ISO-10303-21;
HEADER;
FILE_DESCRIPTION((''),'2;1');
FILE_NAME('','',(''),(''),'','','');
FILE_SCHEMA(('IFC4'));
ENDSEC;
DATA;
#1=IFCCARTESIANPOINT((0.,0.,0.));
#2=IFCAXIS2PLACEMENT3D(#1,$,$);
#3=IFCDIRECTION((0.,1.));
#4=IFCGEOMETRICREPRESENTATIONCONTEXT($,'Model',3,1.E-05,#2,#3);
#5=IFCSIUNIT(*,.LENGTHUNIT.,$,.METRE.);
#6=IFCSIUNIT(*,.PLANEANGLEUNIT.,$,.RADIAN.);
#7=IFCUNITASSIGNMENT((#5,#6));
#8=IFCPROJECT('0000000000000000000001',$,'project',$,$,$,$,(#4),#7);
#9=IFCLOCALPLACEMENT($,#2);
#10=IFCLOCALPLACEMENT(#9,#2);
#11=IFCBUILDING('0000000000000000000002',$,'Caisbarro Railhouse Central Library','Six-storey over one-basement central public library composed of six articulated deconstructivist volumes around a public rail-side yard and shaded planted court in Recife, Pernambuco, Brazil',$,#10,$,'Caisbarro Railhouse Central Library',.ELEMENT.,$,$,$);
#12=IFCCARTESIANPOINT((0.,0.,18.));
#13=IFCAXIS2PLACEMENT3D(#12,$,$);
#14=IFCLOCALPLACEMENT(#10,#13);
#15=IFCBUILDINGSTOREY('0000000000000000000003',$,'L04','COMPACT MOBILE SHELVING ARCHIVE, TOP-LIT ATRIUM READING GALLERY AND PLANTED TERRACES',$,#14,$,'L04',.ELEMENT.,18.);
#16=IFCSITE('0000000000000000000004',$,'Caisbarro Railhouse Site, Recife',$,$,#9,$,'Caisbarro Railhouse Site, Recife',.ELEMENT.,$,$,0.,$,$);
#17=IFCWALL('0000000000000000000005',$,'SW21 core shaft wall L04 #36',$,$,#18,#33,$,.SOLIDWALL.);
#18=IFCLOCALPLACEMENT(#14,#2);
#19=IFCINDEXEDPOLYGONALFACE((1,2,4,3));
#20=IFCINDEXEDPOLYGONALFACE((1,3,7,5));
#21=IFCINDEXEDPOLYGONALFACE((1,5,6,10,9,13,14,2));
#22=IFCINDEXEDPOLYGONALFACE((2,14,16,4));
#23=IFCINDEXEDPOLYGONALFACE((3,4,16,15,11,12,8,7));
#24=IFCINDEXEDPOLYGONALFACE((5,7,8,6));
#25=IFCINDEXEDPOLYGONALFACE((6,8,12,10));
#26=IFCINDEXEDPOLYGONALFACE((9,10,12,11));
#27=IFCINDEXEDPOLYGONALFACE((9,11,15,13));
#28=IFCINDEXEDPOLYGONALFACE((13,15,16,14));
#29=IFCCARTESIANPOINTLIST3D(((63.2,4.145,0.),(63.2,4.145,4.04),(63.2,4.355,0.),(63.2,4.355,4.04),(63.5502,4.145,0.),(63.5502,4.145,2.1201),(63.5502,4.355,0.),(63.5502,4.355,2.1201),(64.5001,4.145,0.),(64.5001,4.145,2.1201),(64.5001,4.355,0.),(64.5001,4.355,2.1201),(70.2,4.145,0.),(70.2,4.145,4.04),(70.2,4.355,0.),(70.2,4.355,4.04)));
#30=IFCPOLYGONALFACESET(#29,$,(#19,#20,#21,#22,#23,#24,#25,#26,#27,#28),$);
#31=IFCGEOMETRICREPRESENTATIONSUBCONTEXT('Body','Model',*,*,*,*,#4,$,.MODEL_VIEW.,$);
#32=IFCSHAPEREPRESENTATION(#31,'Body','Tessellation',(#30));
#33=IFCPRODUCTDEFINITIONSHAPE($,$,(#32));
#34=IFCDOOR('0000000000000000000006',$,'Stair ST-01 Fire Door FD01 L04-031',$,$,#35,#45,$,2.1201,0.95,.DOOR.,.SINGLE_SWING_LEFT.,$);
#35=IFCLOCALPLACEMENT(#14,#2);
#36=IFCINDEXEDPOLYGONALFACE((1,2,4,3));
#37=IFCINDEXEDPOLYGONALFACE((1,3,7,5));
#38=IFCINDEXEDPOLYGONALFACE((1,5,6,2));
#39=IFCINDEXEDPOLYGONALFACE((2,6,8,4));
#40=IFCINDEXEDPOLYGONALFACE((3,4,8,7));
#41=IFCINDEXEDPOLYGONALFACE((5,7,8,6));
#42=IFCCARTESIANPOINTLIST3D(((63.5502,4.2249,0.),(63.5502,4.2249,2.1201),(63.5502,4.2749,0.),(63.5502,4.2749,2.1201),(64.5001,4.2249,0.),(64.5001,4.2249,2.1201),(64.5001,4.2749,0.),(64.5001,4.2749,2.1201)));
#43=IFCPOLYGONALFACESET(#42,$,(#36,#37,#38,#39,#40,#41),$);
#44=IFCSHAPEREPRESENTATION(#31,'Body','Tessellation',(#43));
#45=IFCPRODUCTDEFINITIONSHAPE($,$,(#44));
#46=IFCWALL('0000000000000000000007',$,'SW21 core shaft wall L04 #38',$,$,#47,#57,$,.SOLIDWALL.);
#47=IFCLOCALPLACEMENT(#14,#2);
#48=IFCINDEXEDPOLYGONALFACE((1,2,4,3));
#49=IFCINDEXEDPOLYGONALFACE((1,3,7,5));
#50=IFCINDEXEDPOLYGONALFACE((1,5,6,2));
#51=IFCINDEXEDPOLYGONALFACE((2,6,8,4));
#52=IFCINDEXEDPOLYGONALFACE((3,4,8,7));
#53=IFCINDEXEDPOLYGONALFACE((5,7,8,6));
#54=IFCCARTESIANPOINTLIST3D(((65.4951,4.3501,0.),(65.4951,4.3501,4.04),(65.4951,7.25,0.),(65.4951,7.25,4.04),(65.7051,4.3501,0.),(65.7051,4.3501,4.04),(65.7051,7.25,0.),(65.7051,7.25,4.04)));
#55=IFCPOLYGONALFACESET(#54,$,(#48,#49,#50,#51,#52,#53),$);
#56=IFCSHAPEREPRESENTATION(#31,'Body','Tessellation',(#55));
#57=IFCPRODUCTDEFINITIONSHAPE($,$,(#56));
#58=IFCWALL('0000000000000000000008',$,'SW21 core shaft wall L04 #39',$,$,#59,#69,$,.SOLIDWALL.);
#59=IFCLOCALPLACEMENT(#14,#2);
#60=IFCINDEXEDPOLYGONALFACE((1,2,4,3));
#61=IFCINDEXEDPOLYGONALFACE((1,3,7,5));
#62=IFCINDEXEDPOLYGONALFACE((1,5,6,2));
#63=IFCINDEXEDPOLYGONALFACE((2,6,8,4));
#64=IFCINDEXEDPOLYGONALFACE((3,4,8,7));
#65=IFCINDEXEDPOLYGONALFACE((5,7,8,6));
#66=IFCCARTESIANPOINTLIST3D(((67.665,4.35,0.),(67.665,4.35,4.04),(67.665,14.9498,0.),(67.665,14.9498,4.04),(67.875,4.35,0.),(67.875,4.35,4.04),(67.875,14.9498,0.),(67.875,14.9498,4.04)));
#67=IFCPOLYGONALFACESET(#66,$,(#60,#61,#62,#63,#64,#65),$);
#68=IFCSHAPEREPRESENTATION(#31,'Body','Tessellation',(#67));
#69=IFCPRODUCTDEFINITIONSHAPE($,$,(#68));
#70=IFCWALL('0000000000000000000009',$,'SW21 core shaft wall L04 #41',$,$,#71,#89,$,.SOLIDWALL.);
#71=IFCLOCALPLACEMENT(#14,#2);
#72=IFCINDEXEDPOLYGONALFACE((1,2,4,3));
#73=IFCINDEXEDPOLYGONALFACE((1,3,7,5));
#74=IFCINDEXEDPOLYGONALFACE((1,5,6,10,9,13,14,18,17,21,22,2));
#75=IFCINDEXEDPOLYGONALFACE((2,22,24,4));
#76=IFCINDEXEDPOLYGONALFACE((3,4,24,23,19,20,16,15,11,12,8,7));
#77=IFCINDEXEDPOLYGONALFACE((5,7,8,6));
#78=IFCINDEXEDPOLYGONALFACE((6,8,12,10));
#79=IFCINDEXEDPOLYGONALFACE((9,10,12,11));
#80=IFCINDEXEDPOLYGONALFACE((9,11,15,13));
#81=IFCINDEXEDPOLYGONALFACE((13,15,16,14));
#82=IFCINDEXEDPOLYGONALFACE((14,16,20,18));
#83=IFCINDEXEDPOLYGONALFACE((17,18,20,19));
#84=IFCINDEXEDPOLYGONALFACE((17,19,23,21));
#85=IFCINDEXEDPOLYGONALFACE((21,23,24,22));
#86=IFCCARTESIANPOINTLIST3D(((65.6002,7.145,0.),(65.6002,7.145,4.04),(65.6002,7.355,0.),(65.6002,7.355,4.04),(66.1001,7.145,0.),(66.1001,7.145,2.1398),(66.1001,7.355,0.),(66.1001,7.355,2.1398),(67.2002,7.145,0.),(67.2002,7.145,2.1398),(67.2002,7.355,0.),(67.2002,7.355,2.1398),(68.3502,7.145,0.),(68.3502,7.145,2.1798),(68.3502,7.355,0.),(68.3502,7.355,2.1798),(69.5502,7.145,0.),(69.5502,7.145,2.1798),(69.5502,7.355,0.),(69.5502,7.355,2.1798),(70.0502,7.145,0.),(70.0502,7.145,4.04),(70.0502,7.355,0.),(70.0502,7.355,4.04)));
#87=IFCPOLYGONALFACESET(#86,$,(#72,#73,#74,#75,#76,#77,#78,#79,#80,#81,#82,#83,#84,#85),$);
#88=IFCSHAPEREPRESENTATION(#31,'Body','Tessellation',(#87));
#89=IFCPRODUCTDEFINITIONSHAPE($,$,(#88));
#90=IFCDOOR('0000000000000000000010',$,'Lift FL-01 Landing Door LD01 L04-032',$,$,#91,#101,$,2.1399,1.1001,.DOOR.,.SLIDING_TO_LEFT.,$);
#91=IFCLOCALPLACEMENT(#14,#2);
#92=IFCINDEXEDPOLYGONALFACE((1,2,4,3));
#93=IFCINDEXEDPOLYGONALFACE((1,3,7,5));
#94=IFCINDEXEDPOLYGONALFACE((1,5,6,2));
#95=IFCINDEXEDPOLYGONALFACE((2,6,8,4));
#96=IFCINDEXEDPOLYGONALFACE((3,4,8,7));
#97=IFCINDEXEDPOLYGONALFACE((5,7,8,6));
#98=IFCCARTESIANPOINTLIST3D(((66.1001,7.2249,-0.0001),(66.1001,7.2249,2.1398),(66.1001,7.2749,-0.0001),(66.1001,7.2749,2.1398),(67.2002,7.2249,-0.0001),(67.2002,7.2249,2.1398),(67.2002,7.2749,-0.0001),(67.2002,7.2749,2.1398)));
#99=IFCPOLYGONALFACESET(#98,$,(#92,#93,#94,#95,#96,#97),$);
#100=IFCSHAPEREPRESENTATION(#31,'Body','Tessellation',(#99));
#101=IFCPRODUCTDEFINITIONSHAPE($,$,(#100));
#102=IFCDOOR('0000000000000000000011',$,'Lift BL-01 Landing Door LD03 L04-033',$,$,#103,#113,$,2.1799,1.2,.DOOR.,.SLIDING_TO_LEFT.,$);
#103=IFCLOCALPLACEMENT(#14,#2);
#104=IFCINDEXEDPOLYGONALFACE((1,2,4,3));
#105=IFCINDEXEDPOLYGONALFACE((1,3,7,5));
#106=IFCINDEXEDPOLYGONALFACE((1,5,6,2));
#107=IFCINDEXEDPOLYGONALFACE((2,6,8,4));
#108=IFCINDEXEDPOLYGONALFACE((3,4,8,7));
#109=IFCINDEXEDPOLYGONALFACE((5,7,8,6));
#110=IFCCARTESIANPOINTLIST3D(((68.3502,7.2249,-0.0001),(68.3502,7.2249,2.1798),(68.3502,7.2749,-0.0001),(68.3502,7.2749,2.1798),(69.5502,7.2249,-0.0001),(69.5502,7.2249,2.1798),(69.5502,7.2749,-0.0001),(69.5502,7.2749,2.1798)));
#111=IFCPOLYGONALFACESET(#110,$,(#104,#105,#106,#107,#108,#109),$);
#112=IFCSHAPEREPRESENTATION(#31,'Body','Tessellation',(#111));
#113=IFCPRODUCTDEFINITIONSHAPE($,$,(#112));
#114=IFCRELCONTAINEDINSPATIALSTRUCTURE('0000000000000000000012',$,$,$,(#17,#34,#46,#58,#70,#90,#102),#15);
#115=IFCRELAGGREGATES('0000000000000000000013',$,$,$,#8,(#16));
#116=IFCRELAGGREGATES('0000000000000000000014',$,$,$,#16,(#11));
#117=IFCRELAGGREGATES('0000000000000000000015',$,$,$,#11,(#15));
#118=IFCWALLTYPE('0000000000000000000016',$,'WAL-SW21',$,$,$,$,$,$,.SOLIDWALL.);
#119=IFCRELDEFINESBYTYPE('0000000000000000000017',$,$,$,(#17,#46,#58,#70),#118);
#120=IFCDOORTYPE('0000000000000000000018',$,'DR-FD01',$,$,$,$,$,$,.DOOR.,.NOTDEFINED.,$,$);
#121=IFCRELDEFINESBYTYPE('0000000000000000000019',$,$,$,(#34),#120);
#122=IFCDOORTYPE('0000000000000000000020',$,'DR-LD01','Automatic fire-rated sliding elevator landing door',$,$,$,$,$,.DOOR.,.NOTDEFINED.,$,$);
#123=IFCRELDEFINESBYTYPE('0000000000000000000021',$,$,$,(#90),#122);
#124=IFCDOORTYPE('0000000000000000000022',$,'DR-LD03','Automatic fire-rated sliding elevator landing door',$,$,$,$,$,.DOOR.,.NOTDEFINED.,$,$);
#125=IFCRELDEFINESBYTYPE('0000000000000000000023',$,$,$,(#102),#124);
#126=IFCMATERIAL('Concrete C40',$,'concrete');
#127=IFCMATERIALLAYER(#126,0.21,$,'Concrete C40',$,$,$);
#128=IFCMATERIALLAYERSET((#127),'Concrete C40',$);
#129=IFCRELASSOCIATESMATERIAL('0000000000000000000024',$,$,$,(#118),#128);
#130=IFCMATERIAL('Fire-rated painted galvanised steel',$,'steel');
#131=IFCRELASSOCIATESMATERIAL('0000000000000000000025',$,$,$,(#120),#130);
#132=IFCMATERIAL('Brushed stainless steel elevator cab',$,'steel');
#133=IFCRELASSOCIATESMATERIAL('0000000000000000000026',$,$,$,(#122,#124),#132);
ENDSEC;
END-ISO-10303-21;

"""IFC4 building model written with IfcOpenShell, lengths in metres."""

from ifc_helpers import new_model, si_unit, direction, frame, frame_2d, origin, place, context, subcontext, project, spatial, rectangle, extrude, material, layer, layer_set, type_object, element, fill, save


model = new_model("IFC4")

# Units and contexts
model_context = context("Model", 3, precision=1e-05, world=origin(), true_north=direction((0.0, 1.0)))
body_context = subcontext(model_context, "Body", "Model", "MODEL_VIEW")
ifc_project = project(units=[si_unit("LENGTHUNIT", "METRE"), si_unit("PLANEANGLEUNIT", "RADIAN")], contexts=[model_context])

# Site, building, storey
site_placement = place(None, origin())
site = spatial("IfcSite", under=ifc_project, at=site_placement, Name="Caisbarro Railhouse Site, Recife", LongName="Caisbarro Railhouse Site, Recife", CompositionType="ELEMENT", RefElevation=0.0)
building_placement = place(site_placement, origin())
building = spatial("IfcBuilding", under=site, at=building_placement, Name="Caisbarro Railhouse Central Library", Description="Six-storey over one-basement central public library composed of six articulated deconstructivist volumes around a public rail-side yard and shaded planted court in Recife, Pernambuco, Brazil", LongName="Caisbarro Railhouse Central Library", CompositionType="ELEMENT")
storey_placement = place(building_placement, frame((0.0, 0.0, 18.0)))
storey = spatial("IfcBuildingStorey", under=building, at=storey_placement, Name="L04", Description="COMPACT MOBILE SHELVING ARCHIVE, TOP-LIT ATRIUM READING GALLERY AND PLANTED TERRACES", LongName="L04", CompositionType="ELEMENT", Elevation=18.0)

# Wall, opening, door
ifc_material_1 = material(Name="Fire-rated painted galvanised steel", Category="steel")
ifc_material_2 = material(Name="Concrete C40", Category="concrete")
ifc_layer_1 = layer(ifc_material_2, 0.21, Name="Concrete C40")
ifc_layer_set_1 = layer_set([ifc_layer_1], Name="Concrete C40")
wall_type_1 = type_object("IfcWallType", Name="WAL-SW21", PredefinedType="SOLIDWALL", material=ifc_layer_set_1)
wall_1_placement = place(storey_placement, frame((63.2, 4.25, 0.0), z_axis=(0.0, 0.0, 1.0), x_axis=(1.0, 0.0, 0.0)))
wall_1 = element("IfcWall", 1, at=wall_1_placement, inside=storey, type_object=wall_type_1, Name="SW21 core shaft wall L04 #36", PredefinedType="SOLIDWALL", context=body_context, shape_type="SweptSolid", body=[
    extrude(rectangle(XDim=7.0, YDim=0.21, at=frame_2d((3.5, 0.0))), origin(), (0.0, 0.0, 1.0), 4.04),
])
opening_1_placement = place(wall_1_placement, frame((0.3501, 0.0, 0.0)))
opening_1 = element("IfcOpeningElement", 2, at=opening_1_placement, cuts=wall_1, PredefinedType="OPENING", context=body_context, shape_type="SweptSolid", body=[
    extrude(rectangle(XDim=0.95, YDim=2.1201, at=frame_2d((0.4751, 1.0601))), frame((0.0, 0.115, 0.0), z_axis=(0.0, -1.0, 0.0), x_axis=(1.0, 0.0, 0.0)), (0.0, 0.0, 1.0), 0.23),
])
door_type_1 = type_object("IfcDoorType", Name="DR-FD01", OperationType="NOTDEFINED", PredefinedType="DOOR", material=ifc_material_1)
door_1_placement = place(opening_1_placement, origin())
door_1 = element("IfcDoor", 3, at=door_1_placement, inside=storey, type_object=door_type_1, Name="Stair ST-01 Fire Door FD01 L04-031", OperationType="SINGLE_SWING_LEFT", OverallHeight=2.1201, OverallWidth=0.95, PredefinedType="DOOR", context=body_context, shape_type="SweptSolid", body=[
    extrude(rectangle(XDim=0.95, YDim=2.1201, at=frame_2d((0.4751, 1.0601))), frame((0.0, 0.0249, 0.0), z_axis=(0.0, -1.0, 0.0), x_axis=(1.0, 0.0, 0.0)), (0.0, 0.0, 1.0), 0.05),
])
fill(opening_1, door_1)

# Walls
wall_2_placement = place(storey_placement, frame((65.6001, 4.3501, 0.0), z_axis=(0.0, 0.0, 1.0), x_axis=(0.0, 1.0, 0.0)))
element("IfcWall", 4, at=wall_2_placement, inside=storey, type_object=wall_type_1, Name="SW21 core shaft wall L04 #38", PredefinedType="SOLIDWALL", context=body_context, shape_type="SweptSolid", body=[
    extrude(rectangle(XDim=2.8999, YDim=0.21, at=frame_2d((1.45, 0.0))), origin(), (0.0, 0.0, 1.0), 4.04),
])
wall_3_placement = place(storey_placement, frame((67.77, 4.3501, 0.0), z_axis=(0.0, 0.0, 1.0), x_axis=(0.0, 1.0, 0.0)))
element("IfcWall", 5, at=wall_3_placement, inside=storey, type_object=wall_type_1, Name="SW21 core shaft wall L04 #39", PredefinedType="SOLIDWALL", context=body_context, shape_type="SweptSolid", body=[
    extrude(rectangle(XDim=10.5999, YDim=0.21, at=frame_2d((5.2998, 0.0))), origin(), (0.0, 0.0, 1.0), 4.04),
])

# Wall, openings, doors
wall_4_placement = place(storey_placement, frame((65.6001, 7.25, 0.0), z_axis=(0.0, 0.0, 1.0), x_axis=(1.0, 0.0, 0.0)))
wall_4 = element("IfcWall", 6, at=wall_4_placement, inside=storey, type_object=wall_type_1, Name="SW21 core shaft wall L04 #41", PredefinedType="SOLIDWALL", context=body_context, shape_type="SweptSolid", body=[
    extrude(rectangle(XDim=4.45, YDim=0.21, at=frame_2d((2.2251, 0.0))), origin(), (0.0, 0.0, 1.0), 4.04),
])
opening_2_placement = place(wall_4_placement, frame((0.5, 0.0, 0.0)))
opening_2 = element("IfcOpeningElement", 7, at=opening_2_placement, cuts=wall_4, PredefinedType="OPENING", context=body_context, shape_type="SweptSolid", body=[
    extrude(rectangle(XDim=1.1001, YDim=2.1399, at=frame_2d((0.55, 1.0698))), frame((0.0, 0.115, 0.0), z_axis=(0.0, -1.0, 0.0), x_axis=(1.0, 0.0, 0.0)), (0.0, 0.0, 1.0), 0.23),
])
opening_3_placement = place(wall_4_placement, frame((2.75, 0.0, 0.0)))
opening_3 = element("IfcOpeningElement", 8, at=opening_3_placement, cuts=wall_4, PredefinedType="OPENING", context=body_context, shape_type="SweptSolid", body=[
    extrude(rectangle(XDim=1.2, YDim=2.1799, at=frame_2d((0.6001, 1.0898))), frame((0.0, 0.115, 0.0), z_axis=(0.0, -1.0, 0.0), x_axis=(1.0, 0.0, 0.0)), (0.0, 0.0, 1.0), 0.23),
])
ifc_material_3 = material(Name="Brushed stainless steel elevator cab", Category="steel")
door_type_2 = type_object("IfcDoorType", Name="DR-LD01", Description="Automatic fire-rated sliding elevator landing door", OperationType="NOTDEFINED", PredefinedType="DOOR", material=ifc_material_3)
door_2_placement = place(opening_2_placement, origin())
door_2 = element("IfcDoor", 9, at=door_2_placement, inside=storey, type_object=door_type_2, Name="Lift FL-01 Landing Door LD01 L04-032", OperationType="SLIDING_TO_LEFT", OverallHeight=2.1399, OverallWidth=1.1001, PredefinedType="DOOR", context=body_context, shape_type="SweptSolid", body=[
    extrude(rectangle(XDim=1.1001, YDim=2.1399, at=frame_2d((0.55, 1.0698))), frame((0.0, 0.0249, 0.0), z_axis=(0.0, -1.0, 0.0), x_axis=(1.0, 0.0, 0.0)), (0.0, 0.0, 1.0), 0.05),
])
fill(opening_2, door_2)
door_type_3 = type_object("IfcDoorType", Name="DR-LD03", Description="Automatic fire-rated sliding elevator landing door", OperationType="NOTDEFINED", PredefinedType="DOOR", material=ifc_material_3)
door_3_placement = place(opening_3_placement, origin())
door_3 = element("IfcDoor", 10, at=door_3_placement, inside=storey, type_object=door_type_3, Name="Lift BL-01 Landing Door LD03 L04-033", OperationType="SLIDING_TO_LEFT", OverallHeight=2.1799, OverallWidth=1.2, PredefinedType="DOOR", context=body_context, shape_type="SweptSolid", body=[
    extrude(rectangle(XDim=1.2, YDim=2.1799, at=frame_2d((0.6001, 1.0898))), frame((0.0, 0.0249, 0.0), z_axis=(0.0, -1.0, 0.0), x_axis=(1.0, 0.0, 0.0)), (0.0, 0.0, 1.0), 0.05),
])
fill(opening_3, door_3)

save(model, "model.ifc")
